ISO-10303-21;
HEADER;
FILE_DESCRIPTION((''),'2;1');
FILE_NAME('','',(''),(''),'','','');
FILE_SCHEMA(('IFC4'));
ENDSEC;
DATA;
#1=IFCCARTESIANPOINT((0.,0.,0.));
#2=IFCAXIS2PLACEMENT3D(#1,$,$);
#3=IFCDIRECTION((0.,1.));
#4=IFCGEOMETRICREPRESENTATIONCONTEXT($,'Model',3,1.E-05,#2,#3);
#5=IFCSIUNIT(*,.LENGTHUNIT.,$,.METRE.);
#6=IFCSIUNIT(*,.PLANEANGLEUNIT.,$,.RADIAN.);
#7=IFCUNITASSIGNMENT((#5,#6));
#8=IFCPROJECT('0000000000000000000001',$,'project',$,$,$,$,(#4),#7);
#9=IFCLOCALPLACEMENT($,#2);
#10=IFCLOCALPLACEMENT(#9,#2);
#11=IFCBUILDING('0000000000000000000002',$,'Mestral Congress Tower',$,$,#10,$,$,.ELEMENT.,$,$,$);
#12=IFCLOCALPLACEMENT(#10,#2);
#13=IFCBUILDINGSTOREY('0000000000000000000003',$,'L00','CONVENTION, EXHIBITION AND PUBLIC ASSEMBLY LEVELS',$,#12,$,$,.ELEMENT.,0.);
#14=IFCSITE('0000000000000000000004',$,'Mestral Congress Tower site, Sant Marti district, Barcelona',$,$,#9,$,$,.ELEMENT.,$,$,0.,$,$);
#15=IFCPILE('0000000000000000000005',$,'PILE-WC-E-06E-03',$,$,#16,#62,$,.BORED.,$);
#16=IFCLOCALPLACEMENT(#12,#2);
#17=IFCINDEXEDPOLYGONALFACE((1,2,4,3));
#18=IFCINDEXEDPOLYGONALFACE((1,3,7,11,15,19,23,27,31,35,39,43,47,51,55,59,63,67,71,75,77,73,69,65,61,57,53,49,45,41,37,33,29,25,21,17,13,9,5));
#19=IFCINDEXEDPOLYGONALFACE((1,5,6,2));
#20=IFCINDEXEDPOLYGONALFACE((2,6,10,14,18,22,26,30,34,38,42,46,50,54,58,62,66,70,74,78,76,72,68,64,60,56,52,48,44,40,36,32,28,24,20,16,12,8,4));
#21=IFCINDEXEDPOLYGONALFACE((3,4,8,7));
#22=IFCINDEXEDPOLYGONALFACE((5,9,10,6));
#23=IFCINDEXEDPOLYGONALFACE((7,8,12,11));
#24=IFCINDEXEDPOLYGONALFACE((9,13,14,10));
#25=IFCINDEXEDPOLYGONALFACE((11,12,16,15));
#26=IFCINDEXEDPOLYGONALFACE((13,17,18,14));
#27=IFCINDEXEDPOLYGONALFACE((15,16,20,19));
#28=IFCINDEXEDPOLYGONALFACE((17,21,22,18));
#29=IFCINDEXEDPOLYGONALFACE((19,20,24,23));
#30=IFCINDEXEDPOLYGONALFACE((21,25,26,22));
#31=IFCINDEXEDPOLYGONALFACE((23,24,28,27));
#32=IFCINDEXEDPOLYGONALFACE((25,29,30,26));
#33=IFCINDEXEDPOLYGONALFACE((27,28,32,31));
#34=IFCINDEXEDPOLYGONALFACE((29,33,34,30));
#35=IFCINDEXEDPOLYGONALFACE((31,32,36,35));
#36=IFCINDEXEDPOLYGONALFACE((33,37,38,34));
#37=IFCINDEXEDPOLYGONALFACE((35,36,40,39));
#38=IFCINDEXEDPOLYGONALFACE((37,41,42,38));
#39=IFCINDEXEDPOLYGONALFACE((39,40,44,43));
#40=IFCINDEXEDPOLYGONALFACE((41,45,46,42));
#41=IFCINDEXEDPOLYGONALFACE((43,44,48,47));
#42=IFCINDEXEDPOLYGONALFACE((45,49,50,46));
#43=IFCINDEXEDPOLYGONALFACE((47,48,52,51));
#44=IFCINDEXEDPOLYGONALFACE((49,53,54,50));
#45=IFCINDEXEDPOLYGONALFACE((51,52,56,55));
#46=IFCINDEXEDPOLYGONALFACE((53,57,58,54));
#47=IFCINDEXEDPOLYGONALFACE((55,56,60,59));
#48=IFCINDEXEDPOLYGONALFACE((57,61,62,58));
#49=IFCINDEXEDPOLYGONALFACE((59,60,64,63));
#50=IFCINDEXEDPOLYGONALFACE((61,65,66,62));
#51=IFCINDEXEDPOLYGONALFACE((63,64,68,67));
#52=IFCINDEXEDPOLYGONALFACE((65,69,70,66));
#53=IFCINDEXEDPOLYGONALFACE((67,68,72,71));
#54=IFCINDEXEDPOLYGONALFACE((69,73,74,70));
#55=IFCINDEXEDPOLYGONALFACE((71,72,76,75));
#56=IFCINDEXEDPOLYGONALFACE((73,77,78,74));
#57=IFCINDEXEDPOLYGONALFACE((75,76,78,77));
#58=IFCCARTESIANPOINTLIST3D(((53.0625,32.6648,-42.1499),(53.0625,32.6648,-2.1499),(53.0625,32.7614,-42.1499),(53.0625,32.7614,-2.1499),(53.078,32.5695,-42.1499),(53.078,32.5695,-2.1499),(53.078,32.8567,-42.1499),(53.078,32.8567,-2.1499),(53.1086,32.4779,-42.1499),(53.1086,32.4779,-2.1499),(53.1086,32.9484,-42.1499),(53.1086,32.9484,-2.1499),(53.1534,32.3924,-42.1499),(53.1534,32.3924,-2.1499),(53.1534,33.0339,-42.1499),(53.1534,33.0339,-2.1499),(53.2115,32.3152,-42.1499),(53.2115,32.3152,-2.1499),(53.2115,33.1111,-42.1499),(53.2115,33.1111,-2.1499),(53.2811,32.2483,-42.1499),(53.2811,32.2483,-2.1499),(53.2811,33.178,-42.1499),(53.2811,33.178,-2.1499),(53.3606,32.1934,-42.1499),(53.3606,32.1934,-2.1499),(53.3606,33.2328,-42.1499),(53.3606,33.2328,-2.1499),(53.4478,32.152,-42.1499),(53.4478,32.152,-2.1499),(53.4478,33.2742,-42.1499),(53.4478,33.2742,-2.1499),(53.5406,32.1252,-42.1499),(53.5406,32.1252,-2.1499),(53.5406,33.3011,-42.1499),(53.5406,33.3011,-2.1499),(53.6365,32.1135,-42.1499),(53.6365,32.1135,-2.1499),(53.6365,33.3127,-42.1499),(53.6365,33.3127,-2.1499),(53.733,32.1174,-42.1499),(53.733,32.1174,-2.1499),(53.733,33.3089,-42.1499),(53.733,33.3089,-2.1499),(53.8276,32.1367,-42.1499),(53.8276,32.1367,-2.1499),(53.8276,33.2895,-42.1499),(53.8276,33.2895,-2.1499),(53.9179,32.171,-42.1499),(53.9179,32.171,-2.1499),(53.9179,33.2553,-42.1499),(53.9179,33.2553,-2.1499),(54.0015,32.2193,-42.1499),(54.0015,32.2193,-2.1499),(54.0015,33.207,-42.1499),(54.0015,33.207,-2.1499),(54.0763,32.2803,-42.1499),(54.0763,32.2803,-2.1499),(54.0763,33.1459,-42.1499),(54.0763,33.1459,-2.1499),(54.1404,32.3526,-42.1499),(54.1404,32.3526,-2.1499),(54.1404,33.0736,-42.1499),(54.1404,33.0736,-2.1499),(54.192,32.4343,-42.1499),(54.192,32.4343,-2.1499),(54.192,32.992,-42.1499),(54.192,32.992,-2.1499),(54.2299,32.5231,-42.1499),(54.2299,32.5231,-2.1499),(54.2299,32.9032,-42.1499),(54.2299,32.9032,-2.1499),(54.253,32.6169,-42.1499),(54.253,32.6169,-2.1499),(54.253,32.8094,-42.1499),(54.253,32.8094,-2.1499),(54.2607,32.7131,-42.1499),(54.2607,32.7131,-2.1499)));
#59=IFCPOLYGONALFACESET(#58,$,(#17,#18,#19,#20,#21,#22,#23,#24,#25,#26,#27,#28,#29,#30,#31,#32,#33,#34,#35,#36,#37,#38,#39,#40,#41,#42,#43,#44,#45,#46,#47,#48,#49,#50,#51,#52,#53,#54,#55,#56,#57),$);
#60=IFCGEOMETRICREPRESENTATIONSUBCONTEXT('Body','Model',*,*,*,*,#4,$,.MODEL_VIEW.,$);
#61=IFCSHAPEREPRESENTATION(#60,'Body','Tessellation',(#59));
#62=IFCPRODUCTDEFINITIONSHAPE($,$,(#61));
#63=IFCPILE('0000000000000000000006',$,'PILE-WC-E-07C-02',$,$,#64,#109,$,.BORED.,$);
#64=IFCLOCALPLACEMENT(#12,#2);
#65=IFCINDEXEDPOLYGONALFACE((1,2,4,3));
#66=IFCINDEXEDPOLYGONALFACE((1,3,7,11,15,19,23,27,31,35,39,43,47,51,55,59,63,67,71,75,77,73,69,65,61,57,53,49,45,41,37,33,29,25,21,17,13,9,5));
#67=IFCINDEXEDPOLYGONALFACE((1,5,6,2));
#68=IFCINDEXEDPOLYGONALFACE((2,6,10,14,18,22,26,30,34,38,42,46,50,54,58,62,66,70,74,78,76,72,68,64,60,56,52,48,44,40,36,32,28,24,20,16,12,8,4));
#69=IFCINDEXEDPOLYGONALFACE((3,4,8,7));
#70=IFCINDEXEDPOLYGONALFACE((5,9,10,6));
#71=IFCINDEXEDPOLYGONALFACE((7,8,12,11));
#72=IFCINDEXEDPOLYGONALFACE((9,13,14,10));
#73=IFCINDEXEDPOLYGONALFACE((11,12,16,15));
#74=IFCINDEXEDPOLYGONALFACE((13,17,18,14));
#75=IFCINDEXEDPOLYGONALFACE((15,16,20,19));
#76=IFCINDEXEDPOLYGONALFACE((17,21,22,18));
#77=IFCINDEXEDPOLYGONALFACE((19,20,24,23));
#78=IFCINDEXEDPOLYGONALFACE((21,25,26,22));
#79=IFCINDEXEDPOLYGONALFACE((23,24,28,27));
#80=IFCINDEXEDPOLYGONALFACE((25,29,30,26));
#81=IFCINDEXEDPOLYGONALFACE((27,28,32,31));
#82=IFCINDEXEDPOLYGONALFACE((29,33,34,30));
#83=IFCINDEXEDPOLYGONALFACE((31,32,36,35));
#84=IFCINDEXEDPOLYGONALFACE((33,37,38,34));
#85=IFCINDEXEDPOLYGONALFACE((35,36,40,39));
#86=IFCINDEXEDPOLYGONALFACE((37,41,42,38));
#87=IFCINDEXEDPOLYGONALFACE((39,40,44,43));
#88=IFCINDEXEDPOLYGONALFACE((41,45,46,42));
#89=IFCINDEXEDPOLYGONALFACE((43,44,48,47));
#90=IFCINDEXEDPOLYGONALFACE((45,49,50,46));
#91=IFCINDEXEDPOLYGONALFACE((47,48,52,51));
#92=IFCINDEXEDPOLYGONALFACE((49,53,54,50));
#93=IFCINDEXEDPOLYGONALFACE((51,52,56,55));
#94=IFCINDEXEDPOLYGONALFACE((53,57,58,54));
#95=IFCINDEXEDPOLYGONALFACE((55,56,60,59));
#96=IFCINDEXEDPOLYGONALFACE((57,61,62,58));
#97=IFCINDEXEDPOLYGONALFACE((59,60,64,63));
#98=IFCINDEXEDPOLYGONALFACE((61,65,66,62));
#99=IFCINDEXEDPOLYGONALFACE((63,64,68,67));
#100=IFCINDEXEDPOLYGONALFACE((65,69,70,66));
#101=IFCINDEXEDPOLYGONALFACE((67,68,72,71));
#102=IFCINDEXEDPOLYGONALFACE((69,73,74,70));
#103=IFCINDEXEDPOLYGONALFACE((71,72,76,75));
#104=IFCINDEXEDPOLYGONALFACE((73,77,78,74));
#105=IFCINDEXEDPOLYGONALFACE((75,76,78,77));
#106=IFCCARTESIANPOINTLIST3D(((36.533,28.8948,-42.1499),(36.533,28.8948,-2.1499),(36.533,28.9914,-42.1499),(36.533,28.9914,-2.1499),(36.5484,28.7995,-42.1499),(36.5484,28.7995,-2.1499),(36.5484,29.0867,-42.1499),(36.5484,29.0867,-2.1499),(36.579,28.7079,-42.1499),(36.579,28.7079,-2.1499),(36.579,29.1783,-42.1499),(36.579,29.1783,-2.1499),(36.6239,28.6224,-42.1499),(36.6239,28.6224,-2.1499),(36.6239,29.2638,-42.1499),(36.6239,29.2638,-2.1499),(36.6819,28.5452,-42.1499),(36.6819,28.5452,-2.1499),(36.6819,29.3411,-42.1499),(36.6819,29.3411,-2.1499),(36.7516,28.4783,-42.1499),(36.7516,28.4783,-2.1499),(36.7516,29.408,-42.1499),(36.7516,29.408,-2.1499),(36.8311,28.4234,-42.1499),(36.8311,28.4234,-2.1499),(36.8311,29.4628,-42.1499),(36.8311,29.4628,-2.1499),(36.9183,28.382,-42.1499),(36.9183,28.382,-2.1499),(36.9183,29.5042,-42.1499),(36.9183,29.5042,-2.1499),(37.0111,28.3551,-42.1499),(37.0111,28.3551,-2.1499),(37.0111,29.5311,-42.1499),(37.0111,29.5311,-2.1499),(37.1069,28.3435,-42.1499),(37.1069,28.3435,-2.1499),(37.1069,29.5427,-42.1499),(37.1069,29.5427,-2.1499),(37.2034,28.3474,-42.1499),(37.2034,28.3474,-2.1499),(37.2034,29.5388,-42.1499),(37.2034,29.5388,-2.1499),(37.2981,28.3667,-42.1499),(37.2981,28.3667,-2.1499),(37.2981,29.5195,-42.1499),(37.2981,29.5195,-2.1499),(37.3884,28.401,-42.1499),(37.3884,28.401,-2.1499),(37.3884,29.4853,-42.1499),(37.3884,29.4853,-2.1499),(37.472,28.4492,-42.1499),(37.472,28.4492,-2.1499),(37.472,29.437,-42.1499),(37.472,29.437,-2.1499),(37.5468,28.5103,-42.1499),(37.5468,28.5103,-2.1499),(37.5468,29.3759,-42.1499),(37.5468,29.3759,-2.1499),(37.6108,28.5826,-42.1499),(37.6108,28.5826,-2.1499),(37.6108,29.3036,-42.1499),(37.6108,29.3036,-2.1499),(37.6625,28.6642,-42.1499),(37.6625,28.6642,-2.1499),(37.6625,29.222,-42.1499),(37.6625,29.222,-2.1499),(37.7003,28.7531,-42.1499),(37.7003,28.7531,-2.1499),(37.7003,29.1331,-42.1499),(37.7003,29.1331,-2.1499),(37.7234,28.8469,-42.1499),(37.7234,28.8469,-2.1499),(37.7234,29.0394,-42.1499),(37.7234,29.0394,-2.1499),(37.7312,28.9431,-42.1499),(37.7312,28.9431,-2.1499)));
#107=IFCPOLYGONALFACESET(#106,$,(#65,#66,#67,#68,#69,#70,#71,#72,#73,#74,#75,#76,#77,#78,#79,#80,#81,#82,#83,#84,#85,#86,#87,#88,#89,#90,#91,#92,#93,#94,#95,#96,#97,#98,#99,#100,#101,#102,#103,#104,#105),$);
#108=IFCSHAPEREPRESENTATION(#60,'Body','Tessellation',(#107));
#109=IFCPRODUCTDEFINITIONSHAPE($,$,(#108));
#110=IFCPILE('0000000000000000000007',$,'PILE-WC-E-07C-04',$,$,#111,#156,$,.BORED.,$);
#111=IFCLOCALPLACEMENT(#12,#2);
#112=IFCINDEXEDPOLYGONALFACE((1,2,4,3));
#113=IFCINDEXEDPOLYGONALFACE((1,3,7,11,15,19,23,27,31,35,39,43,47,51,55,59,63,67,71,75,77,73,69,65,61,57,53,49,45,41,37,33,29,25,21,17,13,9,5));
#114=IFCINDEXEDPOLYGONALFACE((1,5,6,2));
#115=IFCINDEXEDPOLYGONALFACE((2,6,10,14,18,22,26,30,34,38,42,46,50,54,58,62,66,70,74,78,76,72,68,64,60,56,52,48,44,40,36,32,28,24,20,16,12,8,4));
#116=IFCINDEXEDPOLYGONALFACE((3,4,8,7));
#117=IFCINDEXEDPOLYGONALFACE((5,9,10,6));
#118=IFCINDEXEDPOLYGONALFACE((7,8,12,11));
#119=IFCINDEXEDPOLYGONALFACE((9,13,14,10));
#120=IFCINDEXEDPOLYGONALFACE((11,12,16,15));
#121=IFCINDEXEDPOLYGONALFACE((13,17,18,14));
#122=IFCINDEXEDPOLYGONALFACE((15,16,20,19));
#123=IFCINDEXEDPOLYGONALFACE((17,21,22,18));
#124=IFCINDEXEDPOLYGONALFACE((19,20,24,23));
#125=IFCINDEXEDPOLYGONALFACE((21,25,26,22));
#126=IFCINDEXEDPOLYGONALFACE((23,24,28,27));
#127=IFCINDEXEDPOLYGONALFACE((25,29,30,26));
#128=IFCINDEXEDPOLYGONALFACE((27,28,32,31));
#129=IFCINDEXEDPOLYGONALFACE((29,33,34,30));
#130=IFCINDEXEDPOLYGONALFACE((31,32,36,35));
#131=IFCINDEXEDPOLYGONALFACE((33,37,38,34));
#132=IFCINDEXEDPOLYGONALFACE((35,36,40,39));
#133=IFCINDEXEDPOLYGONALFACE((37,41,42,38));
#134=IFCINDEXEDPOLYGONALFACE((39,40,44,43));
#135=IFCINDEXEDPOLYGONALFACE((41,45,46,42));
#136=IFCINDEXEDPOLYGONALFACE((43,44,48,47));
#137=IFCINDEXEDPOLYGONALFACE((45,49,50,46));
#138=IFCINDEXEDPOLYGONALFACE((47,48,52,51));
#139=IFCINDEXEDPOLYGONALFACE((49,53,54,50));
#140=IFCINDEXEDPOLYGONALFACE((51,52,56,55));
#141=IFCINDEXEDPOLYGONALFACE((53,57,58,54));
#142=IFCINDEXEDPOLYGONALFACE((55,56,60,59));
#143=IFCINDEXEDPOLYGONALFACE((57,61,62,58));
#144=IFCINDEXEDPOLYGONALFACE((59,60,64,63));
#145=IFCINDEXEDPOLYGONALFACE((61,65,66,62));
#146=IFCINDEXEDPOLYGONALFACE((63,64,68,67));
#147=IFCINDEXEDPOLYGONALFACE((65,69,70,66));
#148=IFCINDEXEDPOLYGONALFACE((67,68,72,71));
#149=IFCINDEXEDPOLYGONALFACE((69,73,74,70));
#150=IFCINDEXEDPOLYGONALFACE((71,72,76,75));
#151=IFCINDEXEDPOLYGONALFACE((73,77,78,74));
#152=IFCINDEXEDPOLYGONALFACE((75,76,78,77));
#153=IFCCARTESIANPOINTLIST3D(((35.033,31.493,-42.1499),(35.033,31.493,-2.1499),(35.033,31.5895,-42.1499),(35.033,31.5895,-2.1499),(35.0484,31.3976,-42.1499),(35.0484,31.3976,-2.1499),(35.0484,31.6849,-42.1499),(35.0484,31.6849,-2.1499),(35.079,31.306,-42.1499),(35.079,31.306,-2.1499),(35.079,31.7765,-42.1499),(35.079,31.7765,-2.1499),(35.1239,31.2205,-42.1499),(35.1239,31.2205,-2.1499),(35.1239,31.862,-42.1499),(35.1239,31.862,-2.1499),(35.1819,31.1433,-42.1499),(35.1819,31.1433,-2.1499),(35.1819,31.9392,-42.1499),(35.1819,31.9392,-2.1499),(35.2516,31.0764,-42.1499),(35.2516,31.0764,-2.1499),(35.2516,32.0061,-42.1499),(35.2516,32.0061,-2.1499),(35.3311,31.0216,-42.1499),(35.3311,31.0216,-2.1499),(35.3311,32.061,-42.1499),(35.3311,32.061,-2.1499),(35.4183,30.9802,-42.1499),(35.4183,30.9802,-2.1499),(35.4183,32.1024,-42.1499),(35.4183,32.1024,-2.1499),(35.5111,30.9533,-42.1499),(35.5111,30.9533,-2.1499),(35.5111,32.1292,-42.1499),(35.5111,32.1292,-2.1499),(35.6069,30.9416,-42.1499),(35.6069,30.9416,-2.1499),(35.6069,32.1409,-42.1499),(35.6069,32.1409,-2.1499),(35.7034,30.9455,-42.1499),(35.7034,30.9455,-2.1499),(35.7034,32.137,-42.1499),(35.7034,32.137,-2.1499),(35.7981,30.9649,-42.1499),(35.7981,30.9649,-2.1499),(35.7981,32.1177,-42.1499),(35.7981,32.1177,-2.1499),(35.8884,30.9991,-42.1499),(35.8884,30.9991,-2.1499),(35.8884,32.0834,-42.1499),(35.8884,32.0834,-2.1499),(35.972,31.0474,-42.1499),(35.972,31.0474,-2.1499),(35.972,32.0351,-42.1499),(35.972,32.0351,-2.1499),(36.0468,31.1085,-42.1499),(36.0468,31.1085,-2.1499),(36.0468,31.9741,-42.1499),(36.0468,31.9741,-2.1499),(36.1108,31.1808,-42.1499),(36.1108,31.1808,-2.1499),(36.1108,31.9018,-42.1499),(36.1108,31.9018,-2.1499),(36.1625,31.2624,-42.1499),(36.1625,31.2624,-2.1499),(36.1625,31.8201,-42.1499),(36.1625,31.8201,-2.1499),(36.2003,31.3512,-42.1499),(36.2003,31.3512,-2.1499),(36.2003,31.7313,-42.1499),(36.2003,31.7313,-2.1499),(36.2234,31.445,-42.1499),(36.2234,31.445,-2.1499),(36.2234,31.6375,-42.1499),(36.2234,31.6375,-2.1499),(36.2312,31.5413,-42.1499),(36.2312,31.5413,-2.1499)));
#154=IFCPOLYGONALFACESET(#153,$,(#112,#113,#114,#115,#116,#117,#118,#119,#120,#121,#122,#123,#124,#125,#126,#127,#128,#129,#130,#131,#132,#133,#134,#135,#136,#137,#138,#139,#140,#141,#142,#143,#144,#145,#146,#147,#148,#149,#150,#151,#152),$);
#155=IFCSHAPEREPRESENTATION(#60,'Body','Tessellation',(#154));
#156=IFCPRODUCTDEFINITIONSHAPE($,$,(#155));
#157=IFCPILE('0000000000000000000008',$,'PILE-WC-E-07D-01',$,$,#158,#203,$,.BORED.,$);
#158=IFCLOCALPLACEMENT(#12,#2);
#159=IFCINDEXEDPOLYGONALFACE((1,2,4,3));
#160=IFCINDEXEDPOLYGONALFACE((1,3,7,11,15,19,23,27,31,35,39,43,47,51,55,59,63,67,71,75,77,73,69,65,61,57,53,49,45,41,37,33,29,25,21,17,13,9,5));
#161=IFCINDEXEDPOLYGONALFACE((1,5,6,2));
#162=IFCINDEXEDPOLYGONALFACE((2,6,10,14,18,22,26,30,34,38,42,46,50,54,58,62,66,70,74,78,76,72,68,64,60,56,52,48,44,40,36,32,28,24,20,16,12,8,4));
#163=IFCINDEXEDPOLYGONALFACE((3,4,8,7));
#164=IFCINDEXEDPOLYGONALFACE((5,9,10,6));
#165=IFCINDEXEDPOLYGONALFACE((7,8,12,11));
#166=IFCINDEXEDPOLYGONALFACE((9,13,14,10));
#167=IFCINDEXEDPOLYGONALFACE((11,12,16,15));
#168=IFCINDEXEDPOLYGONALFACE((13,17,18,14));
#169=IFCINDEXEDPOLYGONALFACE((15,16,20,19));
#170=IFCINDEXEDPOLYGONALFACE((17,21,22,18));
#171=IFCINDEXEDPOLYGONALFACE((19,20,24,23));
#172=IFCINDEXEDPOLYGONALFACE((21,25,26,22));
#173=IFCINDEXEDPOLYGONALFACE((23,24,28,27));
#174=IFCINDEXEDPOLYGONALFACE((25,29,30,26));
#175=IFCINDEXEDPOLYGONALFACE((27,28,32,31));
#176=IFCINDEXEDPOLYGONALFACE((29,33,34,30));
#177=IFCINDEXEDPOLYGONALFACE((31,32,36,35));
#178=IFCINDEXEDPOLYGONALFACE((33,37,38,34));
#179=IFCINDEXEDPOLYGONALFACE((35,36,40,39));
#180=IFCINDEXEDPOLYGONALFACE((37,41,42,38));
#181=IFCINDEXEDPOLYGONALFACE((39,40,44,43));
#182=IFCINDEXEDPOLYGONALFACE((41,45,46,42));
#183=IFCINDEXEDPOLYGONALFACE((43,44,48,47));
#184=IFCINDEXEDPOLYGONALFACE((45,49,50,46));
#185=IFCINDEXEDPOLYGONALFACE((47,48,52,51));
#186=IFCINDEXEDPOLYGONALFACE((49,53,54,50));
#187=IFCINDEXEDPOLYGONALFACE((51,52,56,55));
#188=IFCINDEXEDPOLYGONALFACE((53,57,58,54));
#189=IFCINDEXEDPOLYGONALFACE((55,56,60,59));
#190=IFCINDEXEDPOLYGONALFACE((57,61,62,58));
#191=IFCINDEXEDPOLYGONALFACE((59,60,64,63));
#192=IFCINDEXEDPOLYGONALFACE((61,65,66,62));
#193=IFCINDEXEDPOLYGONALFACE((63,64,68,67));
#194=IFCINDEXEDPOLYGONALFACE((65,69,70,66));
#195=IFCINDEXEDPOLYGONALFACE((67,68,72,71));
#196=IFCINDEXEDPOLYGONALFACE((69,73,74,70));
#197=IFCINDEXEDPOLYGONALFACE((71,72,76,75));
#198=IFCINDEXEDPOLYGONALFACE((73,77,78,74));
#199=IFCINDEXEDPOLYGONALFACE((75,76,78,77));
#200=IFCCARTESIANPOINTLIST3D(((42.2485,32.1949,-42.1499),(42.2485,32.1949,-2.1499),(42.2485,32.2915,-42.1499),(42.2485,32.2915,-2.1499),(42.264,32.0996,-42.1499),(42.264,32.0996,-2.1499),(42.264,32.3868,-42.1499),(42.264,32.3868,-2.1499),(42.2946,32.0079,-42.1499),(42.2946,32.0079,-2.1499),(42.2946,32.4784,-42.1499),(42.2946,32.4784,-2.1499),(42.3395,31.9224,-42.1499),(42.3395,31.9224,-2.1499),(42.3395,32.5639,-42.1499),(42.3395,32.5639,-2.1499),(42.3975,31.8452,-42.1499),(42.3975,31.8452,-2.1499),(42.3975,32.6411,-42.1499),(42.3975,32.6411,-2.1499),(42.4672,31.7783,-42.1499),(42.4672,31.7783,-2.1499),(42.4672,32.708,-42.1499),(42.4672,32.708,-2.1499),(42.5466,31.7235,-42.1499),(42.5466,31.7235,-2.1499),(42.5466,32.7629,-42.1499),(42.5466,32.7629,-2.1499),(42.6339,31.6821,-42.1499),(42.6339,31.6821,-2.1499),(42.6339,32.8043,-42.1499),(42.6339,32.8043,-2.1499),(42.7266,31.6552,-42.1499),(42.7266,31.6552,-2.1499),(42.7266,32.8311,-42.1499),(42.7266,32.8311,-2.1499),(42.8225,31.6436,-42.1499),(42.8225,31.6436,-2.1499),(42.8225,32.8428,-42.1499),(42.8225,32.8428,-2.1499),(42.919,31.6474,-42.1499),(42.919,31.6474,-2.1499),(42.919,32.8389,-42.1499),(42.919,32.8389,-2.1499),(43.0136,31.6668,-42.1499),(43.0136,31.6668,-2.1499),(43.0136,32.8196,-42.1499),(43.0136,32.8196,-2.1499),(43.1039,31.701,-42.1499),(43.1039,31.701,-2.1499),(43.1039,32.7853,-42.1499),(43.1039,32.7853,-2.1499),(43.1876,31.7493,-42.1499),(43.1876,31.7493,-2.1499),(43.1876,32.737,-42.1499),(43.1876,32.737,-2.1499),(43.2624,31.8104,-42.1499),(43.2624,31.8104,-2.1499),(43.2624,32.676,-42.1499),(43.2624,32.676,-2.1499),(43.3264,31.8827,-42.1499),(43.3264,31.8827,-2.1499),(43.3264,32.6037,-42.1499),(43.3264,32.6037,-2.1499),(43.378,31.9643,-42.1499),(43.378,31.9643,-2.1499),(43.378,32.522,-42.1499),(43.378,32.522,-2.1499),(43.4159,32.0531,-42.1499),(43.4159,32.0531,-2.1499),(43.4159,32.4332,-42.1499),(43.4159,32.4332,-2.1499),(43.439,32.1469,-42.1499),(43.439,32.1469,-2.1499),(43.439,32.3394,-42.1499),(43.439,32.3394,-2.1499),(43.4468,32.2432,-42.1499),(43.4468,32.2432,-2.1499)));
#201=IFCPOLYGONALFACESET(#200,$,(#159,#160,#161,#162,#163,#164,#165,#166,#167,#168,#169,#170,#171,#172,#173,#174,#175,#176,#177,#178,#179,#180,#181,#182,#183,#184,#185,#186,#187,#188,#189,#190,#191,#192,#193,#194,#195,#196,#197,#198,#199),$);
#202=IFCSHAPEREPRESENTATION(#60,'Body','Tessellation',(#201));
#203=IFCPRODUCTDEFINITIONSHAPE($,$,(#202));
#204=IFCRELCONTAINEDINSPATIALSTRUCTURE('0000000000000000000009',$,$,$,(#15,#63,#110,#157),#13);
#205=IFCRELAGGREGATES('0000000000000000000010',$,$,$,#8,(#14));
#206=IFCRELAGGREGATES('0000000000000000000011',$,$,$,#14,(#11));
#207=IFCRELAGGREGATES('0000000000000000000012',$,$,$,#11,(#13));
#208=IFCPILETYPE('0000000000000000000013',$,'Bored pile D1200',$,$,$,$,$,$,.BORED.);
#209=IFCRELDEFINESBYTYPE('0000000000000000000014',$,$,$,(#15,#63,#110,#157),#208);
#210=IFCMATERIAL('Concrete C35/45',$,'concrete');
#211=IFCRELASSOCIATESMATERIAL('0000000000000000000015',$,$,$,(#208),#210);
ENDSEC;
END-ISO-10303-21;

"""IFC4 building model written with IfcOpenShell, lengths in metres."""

from ifc_helpers import new_model, si_unit, direction, frame, origin, origin_2d, place, context, subcontext, project, spatial, circle, extrude, material, material_profile, profile_set, type_object, element, save


model = new_model("IFC4")

# Units and contexts
model_context = context("Model", 3, precision=1e-05, world=origin(), true_north=direction((0.0, 1.0)))
body_context = subcontext(model_context, "Body", "Model", "MODEL_VIEW")
ifc_project = project(units=[si_unit("LENGTHUNIT", "METRE"), si_unit("PLANEANGLEUNIT", "RADIAN")], contexts=[model_context])

# Site, building, storey
site_placement = place(None, origin())
site = spatial("IfcSite", under=ifc_project, at=site_placement, Name="Mestral Congress Tower site, Sant Marti district, Barcelona", CompositionType="ELEMENT", RefElevation=0.0)
building_placement = place(site_placement, origin())
building = spatial("IfcBuilding", under=site, at=building_placement, Name="Mestral Congress Tower", CompositionType="ELEMENT")
storey_placement = place(building_placement, origin())
storey = spatial("IfcBuildingStorey", under=building, at=storey_placement, Name="L00", Description="CONVENTION, EXHIBITION AND PUBLIC ASSEMBLY LEVELS", CompositionType="ELEMENT", Elevation=0.0)

# Piles
ifc_material_1 = material(Name="Concrete C35/45", Category="concrete")
ifc_material_profile_1 = material_profile(ifc_material_1, circle(Radius=0.6001, at=origin_2d()), Name="D1200")
ifc_profile_set_1 = profile_set([ifc_material_profile_1], Name="Concrete C35/45")
pile_type = type_object("IfcPileType", Name="Bored pile D1200", PredefinedType="BORED", material=ifc_profile_set_1)
for number, where, z_axis, x_axis, name in (
    (1, (53.6606, 32.7131, -2.1499), (0.0, 0.0, -1.0), (1.0, 0.0, 0.0), "PILE-WC-E-06E-03"),
    (2, (37.1311, 28.9431, -2.1499), (0.0, 0.0, -1.0), (1.0, 0.0, 0.0), "PILE-WC-E-07C-02"),
    (3, (35.6311, 31.5413, -2.1499), (0.0, 0.0, -1.0), (1.0, 0.0, 0.0), "PILE-WC-E-07C-04"),
    (4, (42.8467, 32.2432, -2.1499), (0.0, 0.0, -1.0), (1.0, 0.0, 0.0), "PILE-WC-E-07D-01"),
):
    element("IfcPile", number, at=place(storey_placement, frame(where, z_axis=z_axis, x_axis=x_axis)), inside=storey, type_object=pile_type, Name=name, PredefinedType="BORED", context=body_context, shape_type="SweptSolid", body=[
        extrude(circle(Radius=0.6001, at=origin_2d()), origin(), (0.0, 0.0, 1.0), 40.0),
    ])

save(model, "model.ifc")
